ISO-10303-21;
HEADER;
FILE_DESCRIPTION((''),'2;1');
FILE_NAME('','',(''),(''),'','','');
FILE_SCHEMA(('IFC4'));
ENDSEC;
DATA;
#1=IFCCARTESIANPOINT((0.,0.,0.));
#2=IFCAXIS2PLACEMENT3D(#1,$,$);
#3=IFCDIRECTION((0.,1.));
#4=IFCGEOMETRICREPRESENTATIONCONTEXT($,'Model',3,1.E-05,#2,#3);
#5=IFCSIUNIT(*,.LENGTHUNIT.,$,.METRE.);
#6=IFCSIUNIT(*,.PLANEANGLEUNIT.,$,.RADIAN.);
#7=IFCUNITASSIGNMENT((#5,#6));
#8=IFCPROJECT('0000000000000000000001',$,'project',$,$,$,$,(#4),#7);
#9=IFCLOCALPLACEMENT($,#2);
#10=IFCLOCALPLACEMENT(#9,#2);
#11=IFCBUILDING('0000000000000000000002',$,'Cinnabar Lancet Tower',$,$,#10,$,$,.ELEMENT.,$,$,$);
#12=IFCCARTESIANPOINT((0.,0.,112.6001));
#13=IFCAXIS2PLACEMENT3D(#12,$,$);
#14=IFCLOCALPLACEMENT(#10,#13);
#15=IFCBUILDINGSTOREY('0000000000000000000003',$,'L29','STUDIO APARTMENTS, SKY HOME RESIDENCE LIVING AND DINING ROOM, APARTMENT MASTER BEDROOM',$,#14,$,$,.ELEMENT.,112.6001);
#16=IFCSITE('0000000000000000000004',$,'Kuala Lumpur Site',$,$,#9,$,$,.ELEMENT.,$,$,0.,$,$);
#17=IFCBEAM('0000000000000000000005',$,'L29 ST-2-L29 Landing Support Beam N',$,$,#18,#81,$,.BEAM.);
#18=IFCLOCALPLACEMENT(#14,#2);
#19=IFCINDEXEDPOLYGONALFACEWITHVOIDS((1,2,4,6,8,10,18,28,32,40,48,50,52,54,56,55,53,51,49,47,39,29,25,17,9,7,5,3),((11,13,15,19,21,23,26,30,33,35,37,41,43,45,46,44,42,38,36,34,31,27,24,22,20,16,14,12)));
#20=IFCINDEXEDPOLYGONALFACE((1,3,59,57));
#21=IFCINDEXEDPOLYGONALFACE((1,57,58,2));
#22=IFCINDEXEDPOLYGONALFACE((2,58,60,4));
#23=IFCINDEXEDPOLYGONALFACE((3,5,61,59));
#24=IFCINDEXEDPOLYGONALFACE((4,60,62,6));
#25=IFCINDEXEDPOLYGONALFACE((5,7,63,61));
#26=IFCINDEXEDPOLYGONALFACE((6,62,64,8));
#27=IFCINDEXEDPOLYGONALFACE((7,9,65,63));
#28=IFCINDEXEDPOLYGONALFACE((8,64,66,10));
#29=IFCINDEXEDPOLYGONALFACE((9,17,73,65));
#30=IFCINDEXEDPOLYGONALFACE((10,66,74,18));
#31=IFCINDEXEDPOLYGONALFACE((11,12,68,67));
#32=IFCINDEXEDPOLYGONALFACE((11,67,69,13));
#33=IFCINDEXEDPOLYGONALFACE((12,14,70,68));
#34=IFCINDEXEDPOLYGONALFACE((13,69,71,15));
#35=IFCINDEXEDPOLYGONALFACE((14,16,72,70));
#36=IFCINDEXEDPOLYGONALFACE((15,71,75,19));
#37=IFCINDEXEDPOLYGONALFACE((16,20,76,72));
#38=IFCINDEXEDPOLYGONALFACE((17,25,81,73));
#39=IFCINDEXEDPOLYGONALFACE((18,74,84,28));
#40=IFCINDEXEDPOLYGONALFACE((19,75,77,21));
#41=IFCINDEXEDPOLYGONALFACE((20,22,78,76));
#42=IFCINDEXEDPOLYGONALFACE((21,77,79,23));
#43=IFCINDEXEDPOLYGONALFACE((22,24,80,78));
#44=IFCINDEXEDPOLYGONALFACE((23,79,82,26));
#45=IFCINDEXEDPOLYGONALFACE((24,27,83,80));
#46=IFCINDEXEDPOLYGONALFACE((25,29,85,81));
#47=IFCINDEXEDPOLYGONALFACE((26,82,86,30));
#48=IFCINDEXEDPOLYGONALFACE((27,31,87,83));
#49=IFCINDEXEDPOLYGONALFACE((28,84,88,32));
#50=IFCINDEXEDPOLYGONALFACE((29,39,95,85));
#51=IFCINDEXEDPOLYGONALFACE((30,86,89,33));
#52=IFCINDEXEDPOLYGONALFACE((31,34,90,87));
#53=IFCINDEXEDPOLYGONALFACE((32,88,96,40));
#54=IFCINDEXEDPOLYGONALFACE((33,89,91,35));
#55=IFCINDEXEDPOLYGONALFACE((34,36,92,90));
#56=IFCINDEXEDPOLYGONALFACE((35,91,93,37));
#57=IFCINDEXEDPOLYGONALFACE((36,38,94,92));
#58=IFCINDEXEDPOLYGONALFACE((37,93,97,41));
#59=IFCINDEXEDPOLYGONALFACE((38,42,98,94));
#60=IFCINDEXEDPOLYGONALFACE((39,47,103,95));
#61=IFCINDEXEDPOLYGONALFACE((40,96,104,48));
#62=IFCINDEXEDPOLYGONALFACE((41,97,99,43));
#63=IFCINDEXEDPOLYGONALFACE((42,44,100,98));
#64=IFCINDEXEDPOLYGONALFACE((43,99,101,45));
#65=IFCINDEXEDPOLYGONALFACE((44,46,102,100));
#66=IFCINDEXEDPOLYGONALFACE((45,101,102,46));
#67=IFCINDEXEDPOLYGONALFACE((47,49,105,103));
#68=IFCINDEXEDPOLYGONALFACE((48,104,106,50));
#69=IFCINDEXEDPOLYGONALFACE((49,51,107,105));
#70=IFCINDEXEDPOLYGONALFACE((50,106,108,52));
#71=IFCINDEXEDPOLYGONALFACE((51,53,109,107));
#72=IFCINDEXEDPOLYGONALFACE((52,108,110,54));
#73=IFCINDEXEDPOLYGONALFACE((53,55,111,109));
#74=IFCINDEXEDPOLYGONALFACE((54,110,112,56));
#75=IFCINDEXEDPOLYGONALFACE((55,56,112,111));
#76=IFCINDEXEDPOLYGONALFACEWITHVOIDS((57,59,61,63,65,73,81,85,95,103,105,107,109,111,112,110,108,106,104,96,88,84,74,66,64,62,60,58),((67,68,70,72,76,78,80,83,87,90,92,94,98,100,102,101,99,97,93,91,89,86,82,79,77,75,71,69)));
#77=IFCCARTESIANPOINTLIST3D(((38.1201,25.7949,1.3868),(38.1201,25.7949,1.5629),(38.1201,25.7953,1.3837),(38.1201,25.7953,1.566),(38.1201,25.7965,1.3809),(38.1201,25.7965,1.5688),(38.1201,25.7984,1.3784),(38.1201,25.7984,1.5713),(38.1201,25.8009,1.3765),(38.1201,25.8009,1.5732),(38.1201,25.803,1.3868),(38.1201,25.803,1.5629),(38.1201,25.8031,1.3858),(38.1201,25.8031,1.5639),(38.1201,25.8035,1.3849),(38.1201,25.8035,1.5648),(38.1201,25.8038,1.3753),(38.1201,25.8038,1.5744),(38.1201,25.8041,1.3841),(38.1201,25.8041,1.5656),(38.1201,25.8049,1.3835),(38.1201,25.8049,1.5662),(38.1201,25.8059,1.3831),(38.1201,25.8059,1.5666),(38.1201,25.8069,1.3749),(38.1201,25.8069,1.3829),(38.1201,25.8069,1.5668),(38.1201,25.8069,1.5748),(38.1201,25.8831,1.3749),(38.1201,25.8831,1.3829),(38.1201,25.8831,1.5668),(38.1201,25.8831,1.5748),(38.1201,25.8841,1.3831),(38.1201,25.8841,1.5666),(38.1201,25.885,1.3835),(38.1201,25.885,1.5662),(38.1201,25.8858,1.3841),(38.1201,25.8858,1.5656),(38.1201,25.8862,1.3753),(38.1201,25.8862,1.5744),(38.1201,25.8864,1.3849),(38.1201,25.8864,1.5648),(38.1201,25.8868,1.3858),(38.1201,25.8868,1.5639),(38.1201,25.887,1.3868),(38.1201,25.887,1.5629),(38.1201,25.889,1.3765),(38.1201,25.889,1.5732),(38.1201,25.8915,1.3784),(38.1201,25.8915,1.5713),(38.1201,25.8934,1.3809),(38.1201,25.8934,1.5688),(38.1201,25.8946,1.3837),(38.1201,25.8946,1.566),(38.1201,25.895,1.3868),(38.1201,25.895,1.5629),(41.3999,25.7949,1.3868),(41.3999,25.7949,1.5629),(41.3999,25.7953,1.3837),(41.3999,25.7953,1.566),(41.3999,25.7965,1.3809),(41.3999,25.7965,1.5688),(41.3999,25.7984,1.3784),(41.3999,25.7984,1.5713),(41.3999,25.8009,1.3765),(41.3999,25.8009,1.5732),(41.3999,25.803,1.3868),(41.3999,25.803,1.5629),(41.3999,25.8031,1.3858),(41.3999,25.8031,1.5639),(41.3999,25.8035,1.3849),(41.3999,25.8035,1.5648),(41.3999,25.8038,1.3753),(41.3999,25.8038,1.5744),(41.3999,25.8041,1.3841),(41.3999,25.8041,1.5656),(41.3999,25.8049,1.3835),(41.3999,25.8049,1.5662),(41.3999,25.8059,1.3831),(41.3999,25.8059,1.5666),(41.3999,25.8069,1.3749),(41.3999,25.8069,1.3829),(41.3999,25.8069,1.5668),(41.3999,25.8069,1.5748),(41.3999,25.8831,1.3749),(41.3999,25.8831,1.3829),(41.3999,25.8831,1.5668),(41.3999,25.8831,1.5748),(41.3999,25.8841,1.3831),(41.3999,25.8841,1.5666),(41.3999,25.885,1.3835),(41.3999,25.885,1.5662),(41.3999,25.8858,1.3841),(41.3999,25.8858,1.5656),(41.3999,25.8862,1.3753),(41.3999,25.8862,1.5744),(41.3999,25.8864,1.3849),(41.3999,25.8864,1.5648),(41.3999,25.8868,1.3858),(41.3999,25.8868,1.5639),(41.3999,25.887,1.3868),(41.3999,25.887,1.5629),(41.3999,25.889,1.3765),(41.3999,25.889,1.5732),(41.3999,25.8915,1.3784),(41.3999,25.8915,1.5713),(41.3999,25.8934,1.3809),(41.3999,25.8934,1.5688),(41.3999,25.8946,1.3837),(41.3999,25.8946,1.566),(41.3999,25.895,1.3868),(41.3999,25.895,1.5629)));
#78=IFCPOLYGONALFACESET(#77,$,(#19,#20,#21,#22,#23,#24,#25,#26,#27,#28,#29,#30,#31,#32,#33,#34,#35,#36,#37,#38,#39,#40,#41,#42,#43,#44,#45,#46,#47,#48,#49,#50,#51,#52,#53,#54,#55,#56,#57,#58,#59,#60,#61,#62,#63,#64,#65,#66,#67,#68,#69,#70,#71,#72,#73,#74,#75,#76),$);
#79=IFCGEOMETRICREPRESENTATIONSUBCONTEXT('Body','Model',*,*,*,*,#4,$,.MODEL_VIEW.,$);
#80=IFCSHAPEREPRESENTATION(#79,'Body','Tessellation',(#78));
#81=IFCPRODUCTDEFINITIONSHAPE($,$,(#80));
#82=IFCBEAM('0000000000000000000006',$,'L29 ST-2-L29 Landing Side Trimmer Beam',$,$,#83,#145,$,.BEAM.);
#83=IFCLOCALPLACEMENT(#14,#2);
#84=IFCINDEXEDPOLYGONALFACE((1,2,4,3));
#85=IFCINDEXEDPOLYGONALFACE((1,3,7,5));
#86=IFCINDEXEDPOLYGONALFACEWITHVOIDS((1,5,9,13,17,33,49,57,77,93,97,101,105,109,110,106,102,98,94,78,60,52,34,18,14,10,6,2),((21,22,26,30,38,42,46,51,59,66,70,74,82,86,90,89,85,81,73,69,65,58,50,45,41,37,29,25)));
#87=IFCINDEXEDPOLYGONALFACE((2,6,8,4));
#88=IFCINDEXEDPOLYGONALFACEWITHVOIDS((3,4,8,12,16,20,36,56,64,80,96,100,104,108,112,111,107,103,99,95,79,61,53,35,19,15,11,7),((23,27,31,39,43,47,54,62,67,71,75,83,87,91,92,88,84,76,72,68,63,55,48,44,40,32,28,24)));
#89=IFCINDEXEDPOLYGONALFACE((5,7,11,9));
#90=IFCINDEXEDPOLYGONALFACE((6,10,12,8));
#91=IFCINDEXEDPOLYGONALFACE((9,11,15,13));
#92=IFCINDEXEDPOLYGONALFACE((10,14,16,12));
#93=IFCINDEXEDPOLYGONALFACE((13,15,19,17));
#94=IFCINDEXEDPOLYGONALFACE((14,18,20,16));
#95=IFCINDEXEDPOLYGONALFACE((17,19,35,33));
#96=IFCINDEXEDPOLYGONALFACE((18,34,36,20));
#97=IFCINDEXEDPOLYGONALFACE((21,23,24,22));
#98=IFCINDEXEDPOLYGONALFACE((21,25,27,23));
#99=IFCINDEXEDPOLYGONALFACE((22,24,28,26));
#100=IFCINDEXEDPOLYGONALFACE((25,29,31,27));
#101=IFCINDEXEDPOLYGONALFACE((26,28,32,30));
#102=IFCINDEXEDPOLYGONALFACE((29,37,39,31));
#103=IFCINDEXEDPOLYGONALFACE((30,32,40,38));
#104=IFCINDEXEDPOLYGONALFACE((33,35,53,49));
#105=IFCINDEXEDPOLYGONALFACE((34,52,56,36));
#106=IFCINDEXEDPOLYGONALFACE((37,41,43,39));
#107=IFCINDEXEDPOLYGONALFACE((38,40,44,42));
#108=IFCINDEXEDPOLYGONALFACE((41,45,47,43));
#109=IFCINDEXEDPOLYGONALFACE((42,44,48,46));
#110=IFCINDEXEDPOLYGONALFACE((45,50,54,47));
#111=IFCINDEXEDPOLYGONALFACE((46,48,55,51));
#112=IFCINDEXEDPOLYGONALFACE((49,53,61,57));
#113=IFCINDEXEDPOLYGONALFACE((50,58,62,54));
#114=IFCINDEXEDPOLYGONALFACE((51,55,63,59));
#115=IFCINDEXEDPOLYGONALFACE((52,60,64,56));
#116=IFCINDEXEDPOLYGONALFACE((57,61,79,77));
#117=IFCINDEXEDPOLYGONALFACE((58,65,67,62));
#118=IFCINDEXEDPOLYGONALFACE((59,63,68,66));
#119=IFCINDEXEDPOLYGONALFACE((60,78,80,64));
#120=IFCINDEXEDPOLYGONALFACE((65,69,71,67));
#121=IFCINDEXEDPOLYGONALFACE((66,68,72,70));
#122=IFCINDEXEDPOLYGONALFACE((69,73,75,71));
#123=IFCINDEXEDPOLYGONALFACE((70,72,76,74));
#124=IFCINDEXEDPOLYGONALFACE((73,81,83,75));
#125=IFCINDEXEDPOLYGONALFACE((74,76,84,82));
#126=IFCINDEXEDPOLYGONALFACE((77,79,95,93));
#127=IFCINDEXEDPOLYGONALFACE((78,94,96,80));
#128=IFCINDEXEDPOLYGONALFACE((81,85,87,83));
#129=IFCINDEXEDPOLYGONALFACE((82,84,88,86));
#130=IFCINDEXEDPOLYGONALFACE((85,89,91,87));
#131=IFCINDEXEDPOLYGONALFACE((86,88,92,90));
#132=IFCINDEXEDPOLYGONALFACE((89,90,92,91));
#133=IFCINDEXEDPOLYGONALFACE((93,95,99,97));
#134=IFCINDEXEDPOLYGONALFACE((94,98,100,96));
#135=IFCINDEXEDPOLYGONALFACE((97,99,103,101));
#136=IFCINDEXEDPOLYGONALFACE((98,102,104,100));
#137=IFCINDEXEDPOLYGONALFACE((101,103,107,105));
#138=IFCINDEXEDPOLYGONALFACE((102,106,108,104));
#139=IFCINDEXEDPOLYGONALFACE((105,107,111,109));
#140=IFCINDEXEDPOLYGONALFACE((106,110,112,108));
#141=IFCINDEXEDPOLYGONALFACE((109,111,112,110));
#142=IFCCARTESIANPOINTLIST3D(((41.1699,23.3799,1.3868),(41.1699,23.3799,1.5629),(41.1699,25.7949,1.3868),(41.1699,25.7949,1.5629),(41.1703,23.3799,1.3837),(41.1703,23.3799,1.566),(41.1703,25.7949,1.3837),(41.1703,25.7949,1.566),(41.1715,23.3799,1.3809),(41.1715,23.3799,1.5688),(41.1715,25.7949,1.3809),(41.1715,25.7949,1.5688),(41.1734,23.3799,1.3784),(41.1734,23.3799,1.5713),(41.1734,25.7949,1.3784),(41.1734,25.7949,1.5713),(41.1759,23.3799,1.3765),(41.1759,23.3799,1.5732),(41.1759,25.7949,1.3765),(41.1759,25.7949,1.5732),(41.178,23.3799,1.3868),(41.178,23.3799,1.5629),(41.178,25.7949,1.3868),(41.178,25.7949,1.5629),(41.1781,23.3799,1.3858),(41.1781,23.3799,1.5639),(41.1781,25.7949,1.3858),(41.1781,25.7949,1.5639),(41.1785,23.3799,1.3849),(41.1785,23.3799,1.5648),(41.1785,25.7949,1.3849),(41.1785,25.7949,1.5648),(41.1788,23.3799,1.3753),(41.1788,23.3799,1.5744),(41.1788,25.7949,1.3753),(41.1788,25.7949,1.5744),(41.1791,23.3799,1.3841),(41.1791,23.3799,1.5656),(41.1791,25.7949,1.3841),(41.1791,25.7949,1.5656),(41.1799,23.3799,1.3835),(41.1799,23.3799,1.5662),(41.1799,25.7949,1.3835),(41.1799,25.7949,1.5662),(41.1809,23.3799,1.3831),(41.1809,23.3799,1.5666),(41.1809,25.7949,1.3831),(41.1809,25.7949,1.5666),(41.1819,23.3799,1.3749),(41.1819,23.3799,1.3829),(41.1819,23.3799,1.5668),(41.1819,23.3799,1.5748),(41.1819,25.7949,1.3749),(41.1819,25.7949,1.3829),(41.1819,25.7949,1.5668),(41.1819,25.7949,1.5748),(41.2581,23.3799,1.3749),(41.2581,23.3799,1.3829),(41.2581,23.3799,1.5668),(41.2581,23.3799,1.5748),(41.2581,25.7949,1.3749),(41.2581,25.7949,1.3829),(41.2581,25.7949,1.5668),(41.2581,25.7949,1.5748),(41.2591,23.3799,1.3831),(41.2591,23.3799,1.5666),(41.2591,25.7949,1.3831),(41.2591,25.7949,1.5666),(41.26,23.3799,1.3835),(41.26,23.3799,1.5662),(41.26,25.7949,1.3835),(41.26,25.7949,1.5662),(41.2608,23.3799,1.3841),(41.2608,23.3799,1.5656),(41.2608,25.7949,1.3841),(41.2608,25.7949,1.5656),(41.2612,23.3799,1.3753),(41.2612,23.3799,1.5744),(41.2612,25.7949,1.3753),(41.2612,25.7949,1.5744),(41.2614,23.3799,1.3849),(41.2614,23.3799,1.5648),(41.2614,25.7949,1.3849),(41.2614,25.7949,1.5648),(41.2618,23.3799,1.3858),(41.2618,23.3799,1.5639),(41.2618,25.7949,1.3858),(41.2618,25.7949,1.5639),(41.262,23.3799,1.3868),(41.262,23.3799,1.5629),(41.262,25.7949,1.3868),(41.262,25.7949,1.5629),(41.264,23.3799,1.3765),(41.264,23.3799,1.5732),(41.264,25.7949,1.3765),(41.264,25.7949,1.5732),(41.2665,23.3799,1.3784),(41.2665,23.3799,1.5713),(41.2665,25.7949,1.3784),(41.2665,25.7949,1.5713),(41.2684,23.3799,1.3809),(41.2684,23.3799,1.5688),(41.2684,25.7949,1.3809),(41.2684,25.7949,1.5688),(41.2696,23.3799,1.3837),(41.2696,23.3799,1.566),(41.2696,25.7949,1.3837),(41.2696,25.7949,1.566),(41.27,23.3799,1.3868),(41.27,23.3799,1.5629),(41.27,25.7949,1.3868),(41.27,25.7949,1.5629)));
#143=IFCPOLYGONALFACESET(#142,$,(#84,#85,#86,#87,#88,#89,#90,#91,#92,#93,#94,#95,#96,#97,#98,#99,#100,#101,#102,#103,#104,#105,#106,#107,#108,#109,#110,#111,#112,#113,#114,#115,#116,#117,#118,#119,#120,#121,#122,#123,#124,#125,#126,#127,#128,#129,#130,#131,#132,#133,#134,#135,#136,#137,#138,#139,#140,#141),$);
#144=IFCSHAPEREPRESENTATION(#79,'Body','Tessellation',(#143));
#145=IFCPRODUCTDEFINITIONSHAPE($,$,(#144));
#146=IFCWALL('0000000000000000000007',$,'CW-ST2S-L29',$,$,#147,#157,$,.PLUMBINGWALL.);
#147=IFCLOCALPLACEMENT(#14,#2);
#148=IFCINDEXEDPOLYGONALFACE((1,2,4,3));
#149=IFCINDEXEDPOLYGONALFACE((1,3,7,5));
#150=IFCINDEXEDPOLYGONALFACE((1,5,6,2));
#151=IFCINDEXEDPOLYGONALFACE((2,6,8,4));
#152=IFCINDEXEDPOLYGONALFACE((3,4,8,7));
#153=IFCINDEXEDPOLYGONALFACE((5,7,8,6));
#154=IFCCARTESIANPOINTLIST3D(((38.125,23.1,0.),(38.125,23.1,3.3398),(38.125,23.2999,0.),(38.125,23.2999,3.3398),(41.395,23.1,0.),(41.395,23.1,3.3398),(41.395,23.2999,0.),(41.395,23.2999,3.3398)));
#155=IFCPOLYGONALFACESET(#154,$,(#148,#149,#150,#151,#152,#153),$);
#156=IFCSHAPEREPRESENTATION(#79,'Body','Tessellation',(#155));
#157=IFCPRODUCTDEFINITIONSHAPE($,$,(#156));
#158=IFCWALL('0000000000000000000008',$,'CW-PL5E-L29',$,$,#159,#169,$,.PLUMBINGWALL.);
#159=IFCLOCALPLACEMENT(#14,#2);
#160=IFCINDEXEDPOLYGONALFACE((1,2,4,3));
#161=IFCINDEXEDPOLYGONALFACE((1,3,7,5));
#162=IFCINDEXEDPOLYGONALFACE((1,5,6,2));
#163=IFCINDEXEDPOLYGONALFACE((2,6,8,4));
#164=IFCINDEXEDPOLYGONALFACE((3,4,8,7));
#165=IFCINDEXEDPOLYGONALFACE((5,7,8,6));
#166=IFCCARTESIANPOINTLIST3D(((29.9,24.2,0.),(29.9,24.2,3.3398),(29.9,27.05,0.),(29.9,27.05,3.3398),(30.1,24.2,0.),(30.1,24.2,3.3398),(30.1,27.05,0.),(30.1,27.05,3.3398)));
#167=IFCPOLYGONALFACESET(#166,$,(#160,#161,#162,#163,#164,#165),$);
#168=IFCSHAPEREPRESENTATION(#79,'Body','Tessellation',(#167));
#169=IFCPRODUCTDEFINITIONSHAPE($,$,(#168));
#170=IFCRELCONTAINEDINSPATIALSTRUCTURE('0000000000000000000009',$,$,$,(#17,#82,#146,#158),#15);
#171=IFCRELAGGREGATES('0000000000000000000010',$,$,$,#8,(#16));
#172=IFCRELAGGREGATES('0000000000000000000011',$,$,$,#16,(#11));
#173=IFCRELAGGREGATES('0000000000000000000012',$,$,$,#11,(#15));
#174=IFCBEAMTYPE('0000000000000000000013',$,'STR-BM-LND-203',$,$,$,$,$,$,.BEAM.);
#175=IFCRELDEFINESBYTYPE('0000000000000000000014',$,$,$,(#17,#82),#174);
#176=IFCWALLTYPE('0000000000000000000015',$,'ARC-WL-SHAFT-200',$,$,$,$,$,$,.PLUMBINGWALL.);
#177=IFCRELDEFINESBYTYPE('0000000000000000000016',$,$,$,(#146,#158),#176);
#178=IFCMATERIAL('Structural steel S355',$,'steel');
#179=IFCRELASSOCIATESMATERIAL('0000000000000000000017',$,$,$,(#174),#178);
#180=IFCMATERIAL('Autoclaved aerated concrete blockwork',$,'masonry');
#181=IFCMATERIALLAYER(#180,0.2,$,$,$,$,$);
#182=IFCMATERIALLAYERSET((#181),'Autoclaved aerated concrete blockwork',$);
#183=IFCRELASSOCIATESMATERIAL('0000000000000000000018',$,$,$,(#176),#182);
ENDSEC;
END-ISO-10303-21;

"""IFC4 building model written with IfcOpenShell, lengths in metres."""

from ifc_helpers import new_model, si_unit, direction, frame, frame_2d, origin, origin_2d, place, context, subcontext, project, spatial, rectangle, hollow_rectangle, extrude, material, layer, layer_set, material_profile, profile_set, type_object, element, save


model = new_model("IFC4")

# Units and contexts
model_context = context("Model", 3, precision=1e-05, world=origin(), true_north=direction((0.0, 1.0)))
body_context = subcontext(model_context, "Body", "Model", "MODEL_VIEW")
ifc_project = project(units=[si_unit("LENGTHUNIT", "METRE"), si_unit("PLANEANGLEUNIT", "RADIAN")], contexts=[model_context])

# Site, building, storey
site_placement = place(None, origin())
site = spatial("IfcSite", under=ifc_project, at=site_placement, Name="Kuala Lumpur Site", CompositionType="ELEMENT", RefElevation=0.0)
building_placement = place(site_placement, origin())
building = spatial("IfcBuilding", under=site, at=building_placement, Name="Cinnabar Lancet Tower", CompositionType="ELEMENT")
storey_placement = place(building_placement, frame((0.0, 0.0, 112.6001)))
storey = spatial("IfcBuildingStorey", under=building, at=storey_placement, Name="L29", Description="STUDIO APARTMENTS, SKY HOME RESIDENCE LIVING AND DINING ROOM, APARTMENT MASTER BEDROOM", CompositionType="ELEMENT", Elevation=112.6001)

# Beams
ifc_material_1 = material(Name="Structural steel S355", Category="steel")
ifc_material_profile_1 = material_profile(ifc_material_1, hollow_rectangle(XDim=0.1001, YDim=0.2, WallThickness=0.0081, InnerFilletRadius=0.0039, OuterFilletRadius=0.012, at=origin_2d()), Name="RHS 200x100x8")
ifc_profile_set_1 = profile_set([ifc_material_profile_1], Name="Structural steel S355")
beam_type_1 = type_object("IfcBeamType", Name="STR-BM-LND-203", PredefinedType="BEAM", material=ifc_profile_set_1)
for number, where, z_axis, x_axis, name in (
    (1, (38.1201, 25.845, 1.4749), (1.0, 0.0, 0.0), (0.0, 1.0, 0.0), "L29 ST-2-L29 Landing Support Beam N"),
):
    element("IfcBeam", number, at=place(storey_placement, frame(where, z_axis=z_axis, x_axis=x_axis)), inside=storey, type_object=beam_type_1, Name=name, PredefinedType="BEAM", context=body_context, shape_type="SweptSolid", body=[
        extrude(hollow_rectangle(XDim=0.1001, YDim=0.2, WallThickness=0.0081, InnerFilletRadius=0.0039, OuterFilletRadius=0.012, at=origin_2d()), origin(), (0.0, 0.0, 1.0), 3.2798),
    ])
beam_1_placement = place(storey_placement, frame((41.22, 23.3799, 1.4749), z_axis=(0.0, 1.0, 0.0), x_axis=(-1.0, 0.0, 0.0)))
element("IfcBeam", 2, at=beam_1_placement, inside=storey, type_object=beam_type_1, Name="L29 ST-2-L29 Landing Side Trimmer Beam", PredefinedType="BEAM", context=body_context, shape_type="SweptSolid", body=[
    extrude(hollow_rectangle(XDim=0.1001, YDim=0.2, WallThickness=0.0081, InnerFilletRadius=0.0039, OuterFilletRadius=0.012, at=origin_2d()), origin(), (0.0, 0.0, 1.0), 2.415),
])

# Walls
ifc_material_2 = material(Name="Autoclaved aerated concrete blockwork", Category="masonry")
ifc_layer_1 = layer(ifc_material_2, 0.2)
ifc_layer_set_1 = layer_set([ifc_layer_1], Name="Autoclaved aerated concrete blockwork")
wall_type_1 = type_object("IfcWallType", Name="ARC-WL-SHAFT-200", PredefinedType="PLUMBINGWALL", material=ifc_layer_set_1)
wall_1_placement = place(storey_placement, frame((38.125, 23.2, 0.0), z_axis=(0.0, 0.0, 1.0), x_axis=(1.0, 0.0, 0.0)))
element("IfcWall", 3, at=wall_1_placement, inside=storey, type_object=wall_type_1, Name="CW-ST2S-L29", PredefinedType="PLUMBINGWALL", context=body_context, shape_type="SweptSolid", body=[
    extrude(rectangle(XDim=3.27, YDim=0.2, at=frame_2d((1.635, 0.0))), origin(), (0.0, 0.0, 1.0), 3.3398),
])
wall_2_placement = place(storey_placement, frame((30.0, 24.2, 0.0), z_axis=(0.0, 0.0, 1.0), x_axis=(0.0, 1.0, 0.0)))
element("IfcWall", 4, at=wall_2_placement, inside=storey, type_object=wall_type_1, Name="CW-PL5E-L29", PredefinedType="PLUMBINGWALL", context=body_context, shape_type="SweptSolid", body=[
    extrude(rectangle(XDim=2.8501, YDim=0.2, at=frame_2d((1.425, 0.0))), origin(), (0.0, 0.0, 1.0), 3.3398),
])

save(model, "model.ifc")
